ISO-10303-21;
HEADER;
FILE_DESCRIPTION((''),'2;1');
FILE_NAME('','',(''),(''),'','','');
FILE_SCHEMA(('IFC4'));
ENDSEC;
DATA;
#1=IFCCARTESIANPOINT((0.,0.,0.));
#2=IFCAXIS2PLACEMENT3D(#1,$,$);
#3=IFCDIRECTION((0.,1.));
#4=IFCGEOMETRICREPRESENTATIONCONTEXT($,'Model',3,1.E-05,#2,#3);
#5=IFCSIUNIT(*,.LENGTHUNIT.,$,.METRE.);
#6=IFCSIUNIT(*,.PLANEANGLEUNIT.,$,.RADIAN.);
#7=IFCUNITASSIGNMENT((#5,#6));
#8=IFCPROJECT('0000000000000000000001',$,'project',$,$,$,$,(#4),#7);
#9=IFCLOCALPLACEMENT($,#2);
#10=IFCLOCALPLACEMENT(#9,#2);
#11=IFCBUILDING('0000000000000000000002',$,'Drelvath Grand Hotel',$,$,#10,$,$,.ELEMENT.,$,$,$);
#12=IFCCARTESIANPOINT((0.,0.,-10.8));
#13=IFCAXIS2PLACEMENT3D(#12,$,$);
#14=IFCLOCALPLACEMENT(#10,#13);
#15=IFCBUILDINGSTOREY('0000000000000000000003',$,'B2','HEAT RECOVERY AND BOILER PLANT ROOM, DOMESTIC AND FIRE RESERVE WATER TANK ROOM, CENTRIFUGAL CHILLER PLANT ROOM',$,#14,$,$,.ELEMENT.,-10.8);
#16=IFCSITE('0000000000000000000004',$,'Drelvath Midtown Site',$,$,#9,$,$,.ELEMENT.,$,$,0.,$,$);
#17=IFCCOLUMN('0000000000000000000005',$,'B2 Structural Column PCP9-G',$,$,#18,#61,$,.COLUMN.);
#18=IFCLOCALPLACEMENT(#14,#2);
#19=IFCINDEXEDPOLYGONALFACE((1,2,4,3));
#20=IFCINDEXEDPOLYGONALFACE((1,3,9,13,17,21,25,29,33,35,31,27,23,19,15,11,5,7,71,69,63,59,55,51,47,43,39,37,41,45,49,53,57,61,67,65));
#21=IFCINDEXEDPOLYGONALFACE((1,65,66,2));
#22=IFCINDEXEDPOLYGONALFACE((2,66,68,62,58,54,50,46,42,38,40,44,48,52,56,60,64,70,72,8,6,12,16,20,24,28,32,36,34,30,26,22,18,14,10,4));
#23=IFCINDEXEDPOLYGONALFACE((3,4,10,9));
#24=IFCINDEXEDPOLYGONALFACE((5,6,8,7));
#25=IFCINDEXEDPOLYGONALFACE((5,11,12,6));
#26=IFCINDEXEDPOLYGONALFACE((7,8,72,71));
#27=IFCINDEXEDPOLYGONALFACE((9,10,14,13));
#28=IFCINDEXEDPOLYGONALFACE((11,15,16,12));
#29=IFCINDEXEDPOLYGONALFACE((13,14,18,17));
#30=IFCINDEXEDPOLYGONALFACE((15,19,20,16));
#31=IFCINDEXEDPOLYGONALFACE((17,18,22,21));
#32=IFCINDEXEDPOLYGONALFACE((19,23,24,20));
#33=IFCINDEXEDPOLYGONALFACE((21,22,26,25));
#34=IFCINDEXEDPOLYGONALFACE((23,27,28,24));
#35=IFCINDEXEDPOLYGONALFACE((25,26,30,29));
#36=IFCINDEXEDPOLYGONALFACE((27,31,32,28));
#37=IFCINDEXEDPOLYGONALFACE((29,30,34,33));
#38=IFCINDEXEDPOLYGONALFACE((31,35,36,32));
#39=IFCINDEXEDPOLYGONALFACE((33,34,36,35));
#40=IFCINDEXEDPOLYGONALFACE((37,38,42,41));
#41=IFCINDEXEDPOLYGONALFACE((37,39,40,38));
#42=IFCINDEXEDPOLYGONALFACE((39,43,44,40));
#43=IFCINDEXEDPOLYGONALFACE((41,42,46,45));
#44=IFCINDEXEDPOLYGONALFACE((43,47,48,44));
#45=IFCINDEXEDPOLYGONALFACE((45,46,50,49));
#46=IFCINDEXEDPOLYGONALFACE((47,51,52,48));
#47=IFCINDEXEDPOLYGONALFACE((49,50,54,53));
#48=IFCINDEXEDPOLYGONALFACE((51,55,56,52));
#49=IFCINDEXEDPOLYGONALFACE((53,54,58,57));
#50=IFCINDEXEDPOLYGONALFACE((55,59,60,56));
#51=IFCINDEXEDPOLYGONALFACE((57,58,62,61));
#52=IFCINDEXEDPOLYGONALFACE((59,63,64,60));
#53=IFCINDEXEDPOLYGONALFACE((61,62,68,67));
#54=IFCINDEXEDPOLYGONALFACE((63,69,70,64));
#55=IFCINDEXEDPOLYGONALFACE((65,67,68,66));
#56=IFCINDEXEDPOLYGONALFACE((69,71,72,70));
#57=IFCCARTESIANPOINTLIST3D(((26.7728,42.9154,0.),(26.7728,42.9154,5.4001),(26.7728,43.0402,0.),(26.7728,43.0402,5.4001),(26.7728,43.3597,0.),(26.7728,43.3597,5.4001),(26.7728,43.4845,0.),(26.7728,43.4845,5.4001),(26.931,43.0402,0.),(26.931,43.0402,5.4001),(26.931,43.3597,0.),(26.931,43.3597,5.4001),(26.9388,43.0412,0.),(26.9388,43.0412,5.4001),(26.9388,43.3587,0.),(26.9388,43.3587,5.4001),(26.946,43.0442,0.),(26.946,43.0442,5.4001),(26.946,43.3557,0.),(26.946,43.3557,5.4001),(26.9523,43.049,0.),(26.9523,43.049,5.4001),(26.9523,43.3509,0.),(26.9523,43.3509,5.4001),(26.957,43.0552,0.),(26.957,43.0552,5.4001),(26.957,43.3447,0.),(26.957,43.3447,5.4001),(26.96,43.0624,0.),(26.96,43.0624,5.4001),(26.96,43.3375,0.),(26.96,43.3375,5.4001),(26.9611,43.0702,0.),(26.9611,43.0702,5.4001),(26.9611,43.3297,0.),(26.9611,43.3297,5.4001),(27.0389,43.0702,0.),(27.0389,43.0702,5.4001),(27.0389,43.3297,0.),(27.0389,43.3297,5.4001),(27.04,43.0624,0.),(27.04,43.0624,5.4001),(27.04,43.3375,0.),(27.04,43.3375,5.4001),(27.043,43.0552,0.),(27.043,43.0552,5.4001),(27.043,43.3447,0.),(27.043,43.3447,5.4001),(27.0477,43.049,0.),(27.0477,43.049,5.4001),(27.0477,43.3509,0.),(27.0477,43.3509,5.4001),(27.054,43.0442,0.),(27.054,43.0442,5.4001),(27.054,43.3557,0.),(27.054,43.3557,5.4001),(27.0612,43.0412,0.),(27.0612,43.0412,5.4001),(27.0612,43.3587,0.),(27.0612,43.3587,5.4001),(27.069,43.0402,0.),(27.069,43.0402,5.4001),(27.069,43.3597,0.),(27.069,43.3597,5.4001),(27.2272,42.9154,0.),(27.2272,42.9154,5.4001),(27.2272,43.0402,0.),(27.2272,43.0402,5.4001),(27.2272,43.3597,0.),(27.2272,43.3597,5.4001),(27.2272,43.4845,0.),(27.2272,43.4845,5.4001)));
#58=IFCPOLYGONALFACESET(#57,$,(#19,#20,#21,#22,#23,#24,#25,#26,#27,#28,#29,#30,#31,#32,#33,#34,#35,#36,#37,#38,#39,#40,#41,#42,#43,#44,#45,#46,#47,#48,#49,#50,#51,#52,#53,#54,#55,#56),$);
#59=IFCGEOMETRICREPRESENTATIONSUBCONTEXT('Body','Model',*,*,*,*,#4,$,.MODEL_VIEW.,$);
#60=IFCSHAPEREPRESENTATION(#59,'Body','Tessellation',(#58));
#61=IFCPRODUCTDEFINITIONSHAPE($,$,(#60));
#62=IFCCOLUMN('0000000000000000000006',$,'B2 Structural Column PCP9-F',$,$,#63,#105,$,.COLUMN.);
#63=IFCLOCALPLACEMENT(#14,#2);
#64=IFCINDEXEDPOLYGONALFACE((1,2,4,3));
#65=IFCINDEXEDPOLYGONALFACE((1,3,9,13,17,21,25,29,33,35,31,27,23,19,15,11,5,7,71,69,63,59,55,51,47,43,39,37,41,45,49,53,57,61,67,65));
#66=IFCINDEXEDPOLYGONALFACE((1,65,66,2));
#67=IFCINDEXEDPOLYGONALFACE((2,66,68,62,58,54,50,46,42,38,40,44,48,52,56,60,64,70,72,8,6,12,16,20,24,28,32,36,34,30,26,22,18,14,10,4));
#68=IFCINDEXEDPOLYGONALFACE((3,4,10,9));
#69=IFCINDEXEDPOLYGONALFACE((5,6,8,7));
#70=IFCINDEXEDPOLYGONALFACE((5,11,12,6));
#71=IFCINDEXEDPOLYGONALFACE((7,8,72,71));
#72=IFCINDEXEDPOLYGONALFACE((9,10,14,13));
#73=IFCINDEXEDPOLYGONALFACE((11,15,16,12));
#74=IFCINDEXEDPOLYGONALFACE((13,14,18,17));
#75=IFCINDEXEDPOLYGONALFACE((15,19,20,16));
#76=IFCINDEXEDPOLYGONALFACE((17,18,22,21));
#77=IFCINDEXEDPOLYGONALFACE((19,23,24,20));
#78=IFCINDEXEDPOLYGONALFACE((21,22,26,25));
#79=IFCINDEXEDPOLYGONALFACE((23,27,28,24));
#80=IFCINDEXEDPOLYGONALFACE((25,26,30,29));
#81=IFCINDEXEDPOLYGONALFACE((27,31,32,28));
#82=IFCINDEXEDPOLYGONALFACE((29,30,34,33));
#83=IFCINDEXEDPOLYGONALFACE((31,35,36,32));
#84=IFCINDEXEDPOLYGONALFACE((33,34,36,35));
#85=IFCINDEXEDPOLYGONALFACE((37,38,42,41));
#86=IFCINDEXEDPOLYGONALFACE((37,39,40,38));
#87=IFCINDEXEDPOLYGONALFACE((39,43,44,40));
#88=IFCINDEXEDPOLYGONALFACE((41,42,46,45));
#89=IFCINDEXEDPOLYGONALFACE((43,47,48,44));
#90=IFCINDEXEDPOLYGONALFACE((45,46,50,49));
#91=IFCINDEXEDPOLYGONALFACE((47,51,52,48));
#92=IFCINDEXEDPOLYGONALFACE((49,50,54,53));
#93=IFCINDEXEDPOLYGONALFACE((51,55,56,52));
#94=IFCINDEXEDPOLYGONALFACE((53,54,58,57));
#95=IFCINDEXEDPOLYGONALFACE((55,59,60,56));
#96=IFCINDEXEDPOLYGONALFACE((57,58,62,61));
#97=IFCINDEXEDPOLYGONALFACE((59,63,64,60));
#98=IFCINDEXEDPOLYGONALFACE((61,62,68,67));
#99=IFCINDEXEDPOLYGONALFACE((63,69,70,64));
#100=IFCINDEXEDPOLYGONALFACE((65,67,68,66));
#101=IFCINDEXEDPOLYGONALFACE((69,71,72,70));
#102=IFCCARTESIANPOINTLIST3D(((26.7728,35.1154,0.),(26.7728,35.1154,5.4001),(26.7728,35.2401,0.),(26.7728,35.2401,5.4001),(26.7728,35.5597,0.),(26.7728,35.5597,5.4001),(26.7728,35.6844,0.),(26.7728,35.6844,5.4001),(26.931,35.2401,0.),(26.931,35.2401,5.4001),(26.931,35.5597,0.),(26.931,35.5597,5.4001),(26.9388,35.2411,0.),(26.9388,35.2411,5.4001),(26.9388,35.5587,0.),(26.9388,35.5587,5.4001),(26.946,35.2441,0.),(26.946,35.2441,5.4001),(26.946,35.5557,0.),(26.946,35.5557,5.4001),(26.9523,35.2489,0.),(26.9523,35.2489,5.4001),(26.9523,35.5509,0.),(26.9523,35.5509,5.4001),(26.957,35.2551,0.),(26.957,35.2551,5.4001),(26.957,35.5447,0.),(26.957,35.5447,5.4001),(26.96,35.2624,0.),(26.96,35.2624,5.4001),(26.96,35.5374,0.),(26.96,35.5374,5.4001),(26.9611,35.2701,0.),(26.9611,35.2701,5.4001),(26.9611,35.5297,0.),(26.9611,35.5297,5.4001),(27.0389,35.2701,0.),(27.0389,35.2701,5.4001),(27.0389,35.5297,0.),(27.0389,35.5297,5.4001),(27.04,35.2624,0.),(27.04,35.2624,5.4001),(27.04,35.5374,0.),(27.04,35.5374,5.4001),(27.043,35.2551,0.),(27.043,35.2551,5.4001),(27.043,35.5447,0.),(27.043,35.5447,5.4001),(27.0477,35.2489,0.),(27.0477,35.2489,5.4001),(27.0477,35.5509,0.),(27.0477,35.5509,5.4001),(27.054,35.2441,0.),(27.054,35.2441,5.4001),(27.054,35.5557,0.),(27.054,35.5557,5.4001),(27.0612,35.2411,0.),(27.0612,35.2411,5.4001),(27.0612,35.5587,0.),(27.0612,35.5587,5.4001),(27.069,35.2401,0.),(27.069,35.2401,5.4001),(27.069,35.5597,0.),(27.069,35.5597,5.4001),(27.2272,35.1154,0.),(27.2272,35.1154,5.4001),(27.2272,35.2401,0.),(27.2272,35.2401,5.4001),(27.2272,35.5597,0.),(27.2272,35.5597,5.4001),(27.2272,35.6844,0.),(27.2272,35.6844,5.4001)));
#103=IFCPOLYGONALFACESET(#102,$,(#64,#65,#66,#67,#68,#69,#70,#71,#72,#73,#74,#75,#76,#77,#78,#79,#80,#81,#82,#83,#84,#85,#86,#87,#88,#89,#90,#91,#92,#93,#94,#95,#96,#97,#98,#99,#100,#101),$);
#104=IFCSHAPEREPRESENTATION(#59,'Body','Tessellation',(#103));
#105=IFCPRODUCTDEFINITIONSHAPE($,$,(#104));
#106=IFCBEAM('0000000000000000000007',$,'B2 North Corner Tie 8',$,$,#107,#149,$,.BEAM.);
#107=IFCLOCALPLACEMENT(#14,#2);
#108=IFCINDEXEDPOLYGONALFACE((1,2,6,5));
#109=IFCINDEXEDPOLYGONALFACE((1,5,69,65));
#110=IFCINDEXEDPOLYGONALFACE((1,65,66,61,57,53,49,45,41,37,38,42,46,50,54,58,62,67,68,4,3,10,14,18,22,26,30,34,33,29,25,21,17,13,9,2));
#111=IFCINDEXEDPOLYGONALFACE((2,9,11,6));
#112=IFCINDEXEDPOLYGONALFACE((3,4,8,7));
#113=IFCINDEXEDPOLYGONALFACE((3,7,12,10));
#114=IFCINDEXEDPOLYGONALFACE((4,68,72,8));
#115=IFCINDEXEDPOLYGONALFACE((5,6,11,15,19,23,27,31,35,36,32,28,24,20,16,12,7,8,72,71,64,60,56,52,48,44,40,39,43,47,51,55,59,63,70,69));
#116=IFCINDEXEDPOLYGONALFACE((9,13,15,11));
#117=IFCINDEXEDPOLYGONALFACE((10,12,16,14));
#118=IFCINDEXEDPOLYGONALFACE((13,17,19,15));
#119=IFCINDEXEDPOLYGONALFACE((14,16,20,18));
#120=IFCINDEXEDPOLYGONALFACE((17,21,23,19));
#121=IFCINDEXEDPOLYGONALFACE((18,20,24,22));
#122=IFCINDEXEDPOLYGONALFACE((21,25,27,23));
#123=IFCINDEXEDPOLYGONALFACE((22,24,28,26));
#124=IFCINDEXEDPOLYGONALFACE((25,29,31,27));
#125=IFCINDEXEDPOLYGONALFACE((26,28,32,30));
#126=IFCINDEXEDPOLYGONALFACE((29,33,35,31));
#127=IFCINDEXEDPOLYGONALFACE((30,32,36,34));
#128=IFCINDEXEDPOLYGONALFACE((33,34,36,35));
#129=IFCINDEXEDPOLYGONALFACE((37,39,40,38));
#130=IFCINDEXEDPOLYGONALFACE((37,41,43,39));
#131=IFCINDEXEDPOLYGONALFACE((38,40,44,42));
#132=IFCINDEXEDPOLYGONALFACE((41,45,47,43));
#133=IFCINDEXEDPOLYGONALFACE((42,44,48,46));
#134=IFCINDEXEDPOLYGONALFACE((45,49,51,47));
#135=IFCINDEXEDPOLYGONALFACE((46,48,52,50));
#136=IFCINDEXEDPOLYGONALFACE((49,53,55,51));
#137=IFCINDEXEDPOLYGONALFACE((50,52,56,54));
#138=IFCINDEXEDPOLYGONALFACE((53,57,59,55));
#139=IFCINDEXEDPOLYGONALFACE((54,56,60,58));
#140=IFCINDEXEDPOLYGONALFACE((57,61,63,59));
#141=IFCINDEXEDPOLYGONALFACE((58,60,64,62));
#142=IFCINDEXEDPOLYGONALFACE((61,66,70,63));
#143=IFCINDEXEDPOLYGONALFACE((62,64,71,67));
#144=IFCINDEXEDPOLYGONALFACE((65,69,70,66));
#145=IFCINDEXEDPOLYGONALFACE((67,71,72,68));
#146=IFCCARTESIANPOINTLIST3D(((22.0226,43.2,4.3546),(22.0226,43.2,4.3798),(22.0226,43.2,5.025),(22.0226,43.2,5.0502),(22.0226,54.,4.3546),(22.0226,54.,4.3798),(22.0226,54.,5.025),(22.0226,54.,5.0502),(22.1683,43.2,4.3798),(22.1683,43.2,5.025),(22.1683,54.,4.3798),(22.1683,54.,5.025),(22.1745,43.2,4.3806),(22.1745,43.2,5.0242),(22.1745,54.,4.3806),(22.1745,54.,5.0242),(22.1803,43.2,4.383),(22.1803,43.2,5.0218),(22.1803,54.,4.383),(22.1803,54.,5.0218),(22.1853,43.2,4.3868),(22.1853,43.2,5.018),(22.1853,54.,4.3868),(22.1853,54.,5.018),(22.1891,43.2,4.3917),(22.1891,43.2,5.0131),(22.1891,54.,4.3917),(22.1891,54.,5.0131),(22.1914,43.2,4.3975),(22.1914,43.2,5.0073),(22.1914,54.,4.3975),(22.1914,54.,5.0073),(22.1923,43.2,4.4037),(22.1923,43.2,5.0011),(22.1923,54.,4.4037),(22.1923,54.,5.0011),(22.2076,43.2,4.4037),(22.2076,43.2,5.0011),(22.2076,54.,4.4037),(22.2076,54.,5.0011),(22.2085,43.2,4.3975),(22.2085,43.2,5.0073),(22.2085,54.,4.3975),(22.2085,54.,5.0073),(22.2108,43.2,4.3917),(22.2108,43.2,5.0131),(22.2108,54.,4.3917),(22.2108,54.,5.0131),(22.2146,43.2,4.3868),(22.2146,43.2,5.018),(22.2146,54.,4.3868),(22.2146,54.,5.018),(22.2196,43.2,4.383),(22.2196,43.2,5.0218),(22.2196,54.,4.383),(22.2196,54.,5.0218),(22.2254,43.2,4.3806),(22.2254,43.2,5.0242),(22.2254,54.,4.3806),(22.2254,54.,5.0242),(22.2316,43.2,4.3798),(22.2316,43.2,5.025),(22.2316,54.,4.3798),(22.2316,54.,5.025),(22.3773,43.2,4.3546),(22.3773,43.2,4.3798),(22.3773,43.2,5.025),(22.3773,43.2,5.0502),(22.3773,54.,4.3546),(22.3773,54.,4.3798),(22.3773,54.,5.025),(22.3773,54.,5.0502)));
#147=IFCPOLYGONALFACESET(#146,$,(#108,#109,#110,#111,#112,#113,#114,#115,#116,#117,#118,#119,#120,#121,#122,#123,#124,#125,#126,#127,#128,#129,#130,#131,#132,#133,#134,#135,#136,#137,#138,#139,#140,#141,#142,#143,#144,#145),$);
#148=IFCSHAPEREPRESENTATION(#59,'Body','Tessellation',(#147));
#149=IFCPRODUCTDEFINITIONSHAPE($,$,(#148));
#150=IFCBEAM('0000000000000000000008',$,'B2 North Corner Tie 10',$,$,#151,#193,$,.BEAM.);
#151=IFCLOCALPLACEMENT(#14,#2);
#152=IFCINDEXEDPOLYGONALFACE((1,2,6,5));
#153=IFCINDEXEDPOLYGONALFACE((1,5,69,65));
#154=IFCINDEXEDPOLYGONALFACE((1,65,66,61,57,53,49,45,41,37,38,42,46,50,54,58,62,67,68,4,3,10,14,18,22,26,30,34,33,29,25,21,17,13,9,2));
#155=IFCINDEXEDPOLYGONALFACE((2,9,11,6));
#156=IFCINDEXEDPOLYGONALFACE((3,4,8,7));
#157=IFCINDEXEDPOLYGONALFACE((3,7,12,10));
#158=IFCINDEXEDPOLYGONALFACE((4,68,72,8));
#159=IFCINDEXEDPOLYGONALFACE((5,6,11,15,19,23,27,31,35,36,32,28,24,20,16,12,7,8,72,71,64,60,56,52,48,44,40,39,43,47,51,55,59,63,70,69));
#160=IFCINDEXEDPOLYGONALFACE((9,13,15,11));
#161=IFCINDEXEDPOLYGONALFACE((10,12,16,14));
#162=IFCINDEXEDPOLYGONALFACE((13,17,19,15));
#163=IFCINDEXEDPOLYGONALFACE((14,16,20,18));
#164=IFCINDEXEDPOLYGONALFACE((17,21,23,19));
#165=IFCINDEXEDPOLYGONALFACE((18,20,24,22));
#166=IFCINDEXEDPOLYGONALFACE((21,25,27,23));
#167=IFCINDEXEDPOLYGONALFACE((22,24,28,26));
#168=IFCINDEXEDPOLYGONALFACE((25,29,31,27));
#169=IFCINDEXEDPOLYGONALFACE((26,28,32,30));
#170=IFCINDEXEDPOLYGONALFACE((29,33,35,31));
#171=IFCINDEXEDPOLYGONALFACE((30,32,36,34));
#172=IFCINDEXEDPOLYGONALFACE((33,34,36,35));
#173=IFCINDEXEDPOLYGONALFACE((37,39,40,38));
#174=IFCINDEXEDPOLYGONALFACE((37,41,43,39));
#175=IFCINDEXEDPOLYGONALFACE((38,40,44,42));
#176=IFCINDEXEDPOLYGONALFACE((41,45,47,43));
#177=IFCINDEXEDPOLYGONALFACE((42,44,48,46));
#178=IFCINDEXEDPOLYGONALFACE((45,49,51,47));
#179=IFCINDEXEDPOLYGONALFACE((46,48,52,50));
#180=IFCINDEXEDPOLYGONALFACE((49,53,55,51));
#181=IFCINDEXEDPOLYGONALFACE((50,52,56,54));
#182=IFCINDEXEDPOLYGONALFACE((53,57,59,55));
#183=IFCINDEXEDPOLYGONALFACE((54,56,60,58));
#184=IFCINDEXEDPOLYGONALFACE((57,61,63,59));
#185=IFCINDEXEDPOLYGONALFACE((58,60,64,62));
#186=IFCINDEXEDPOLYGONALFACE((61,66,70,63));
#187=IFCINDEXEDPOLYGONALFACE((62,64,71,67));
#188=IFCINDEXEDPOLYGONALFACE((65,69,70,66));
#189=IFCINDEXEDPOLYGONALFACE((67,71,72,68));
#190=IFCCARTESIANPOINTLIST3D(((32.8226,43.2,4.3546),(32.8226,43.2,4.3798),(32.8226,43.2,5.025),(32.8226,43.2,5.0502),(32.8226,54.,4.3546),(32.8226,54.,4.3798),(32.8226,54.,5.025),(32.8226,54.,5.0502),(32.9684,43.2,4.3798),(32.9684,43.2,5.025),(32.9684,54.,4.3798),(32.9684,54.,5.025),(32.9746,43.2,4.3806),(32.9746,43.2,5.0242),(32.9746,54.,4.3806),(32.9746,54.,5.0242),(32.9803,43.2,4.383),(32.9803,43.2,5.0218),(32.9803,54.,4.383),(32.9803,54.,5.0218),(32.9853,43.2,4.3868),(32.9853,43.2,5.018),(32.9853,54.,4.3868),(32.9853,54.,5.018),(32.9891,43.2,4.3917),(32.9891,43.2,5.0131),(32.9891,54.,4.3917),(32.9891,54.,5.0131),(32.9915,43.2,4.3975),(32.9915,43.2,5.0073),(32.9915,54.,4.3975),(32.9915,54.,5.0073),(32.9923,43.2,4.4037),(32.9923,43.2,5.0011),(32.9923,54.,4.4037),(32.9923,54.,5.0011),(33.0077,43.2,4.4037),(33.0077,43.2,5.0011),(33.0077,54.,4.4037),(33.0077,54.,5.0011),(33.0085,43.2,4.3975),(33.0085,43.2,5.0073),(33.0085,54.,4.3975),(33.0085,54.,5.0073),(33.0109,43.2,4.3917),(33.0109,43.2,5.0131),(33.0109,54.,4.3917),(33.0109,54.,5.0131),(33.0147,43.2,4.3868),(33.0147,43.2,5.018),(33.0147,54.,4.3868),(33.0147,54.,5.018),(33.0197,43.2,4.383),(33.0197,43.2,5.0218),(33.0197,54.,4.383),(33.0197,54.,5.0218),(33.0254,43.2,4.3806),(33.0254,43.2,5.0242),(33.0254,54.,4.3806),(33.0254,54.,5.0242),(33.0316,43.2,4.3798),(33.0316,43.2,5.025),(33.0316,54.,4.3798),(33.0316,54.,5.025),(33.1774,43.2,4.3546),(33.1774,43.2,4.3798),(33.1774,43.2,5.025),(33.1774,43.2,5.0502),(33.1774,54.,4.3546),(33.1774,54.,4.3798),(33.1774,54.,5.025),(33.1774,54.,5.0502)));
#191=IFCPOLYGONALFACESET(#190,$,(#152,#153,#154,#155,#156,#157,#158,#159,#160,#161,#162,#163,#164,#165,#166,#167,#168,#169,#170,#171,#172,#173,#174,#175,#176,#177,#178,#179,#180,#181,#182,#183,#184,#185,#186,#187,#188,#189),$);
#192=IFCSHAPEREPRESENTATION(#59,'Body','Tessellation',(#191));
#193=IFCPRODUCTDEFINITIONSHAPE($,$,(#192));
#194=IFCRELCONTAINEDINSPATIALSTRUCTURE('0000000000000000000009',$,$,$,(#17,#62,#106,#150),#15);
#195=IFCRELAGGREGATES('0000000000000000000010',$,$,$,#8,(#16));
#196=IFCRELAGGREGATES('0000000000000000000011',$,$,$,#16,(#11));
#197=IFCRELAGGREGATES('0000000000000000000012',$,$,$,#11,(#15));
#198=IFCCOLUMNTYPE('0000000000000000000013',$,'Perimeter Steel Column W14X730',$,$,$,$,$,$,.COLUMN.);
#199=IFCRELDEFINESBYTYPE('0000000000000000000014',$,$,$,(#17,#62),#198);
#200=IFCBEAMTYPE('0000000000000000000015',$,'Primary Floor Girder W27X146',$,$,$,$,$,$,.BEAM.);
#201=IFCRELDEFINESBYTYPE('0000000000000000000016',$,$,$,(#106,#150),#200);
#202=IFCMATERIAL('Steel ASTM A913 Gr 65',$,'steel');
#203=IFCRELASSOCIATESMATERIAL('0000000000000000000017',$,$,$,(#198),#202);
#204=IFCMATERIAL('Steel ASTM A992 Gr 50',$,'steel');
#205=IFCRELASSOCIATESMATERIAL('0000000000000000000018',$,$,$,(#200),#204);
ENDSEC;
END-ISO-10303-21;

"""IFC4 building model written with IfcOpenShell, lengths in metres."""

from ifc_helpers import new_model, si_unit, direction, frame, origin, origin_2d, place, context, subcontext, project, spatial, i_section, extrude, material, material_profile, profile_set, type_object, element, save


model = new_model("IFC4")

# Units and contexts
model_context = context("Model", 3, precision=1e-05, world=origin(), true_north=direction((0.0, 1.0)))
body_context = subcontext(model_context, "Body", "Model", "MODEL_VIEW")
ifc_project = project(units=[si_unit("LENGTHUNIT", "METRE"), si_unit("PLANEANGLEUNIT", "RADIAN")], contexts=[model_context])

# Site, building, storey
site_placement = place(None, origin())
site = spatial("IfcSite", under=ifc_project, at=site_placement, Name="Drelvath Midtown Site", CompositionType="ELEMENT", RefElevation=0.0)
building_placement = place(site_placement, origin())
building = spatial("IfcBuilding", under=site, at=building_placement, Name="Drelvath Grand Hotel", CompositionType="ELEMENT")
storey_placement = place(building_placement, frame((0.0, 0.0, -10.8)))
storey = spatial("IfcBuildingStorey", under=building, at=storey_placement, Name="B2", Description="HEAT RECOVERY AND BOILER PLANT ROOM, DOMESTIC AND FIRE RESERVE WATER TANK ROOM, CENTRIFUGAL CHILLER PLANT ROOM", CompositionType="ELEMENT", Elevation=-10.8)

# Columns
ifc_material_1 = material(Name="Steel ASTM A913 Gr 65", Category="steel")
ifc_material_profile_1 = material_profile(ifc_material_1, i_section(OverallWidth=0.4543, OverallDepth=0.5691, WebThickness=0.0779, FlangeThickness=0.1248, FilletRadius=0.03, at=origin_2d()), Name="W14X730")
ifc_profile_set_1 = profile_set([ifc_material_profile_1], Name="Steel ASTM A913 Gr 65")
column_type_1 = type_object("IfcColumnType", Name="Perimeter Steel Column W14X730", PredefinedType="COLUMN", material=ifc_profile_set_1)
for number, where, z_axis, x_axis, name in (
    (1, (27.0, 43.2, 0.0), (0.0, 0.0, 1.0), (1.0, 0.0, 0.0), "B2 Structural Column PCP9-G"),
    (2, (27.0, 35.3999, 0.0), (0.0, 0.0, 1.0), (1.0, 0.0, 0.0), "B2 Structural Column PCP9-F"),
):
    element("IfcColumn", number, at=place(storey_placement, frame(where, z_axis=z_axis, x_axis=x_axis)), inside=storey, type_object=column_type_1, Name=name, PredefinedType="COLUMN", context=body_context, shape_type="SweptSolid", body=[
        extrude(i_section(OverallWidth=0.4543, OverallDepth=0.5691, WebThickness=0.0779, FlangeThickness=0.1248, FilletRadius=0.03, at=origin_2d()), origin(), (0.0, 0.0, 1.0), 5.4001),
    ])

# Beams
ifc_material_2 = material(Name="Steel ASTM A992 Gr 50", Category="steel")
ifc_material_profile_2 = material_profile(ifc_material_2, i_section(OverallWidth=0.3547, OverallDepth=0.6956, WebThickness=0.0154, FlangeThickness=0.0251, FilletRadius=0.0239, at=origin_2d()), Name="W27X146")
ifc_profile_set_2 = profile_set([ifc_material_profile_2], Name="Steel ASTM A992 Gr 50")
beam_type_1 = type_object("IfcBeamType", Name="Primary Floor Girder W27X146", PredefinedType="BEAM", material=ifc_profile_set_2)
for number, where, z_axis, x_axis, name in (
    (3, (22.2, 43.2, 4.7024), (0.0, 1.0, 0.0), (-1.0, 0.0, 0.0), "B2 North Corner Tie 8"),
    (4, (33.0, 43.2, 4.7024), (0.0, 1.0, 0.0), (-1.0, 0.0, 0.0), "B2 North Corner Tie 10"),
):
    element("IfcBeam", number, at=place(storey_placement, frame(where, z_axis=z_axis, x_axis=x_axis)), inside=storey, type_object=beam_type_1, Name=name, PredefinedType="BEAM", context=body_context, shape_type="SweptSolid", body=[
        extrude(i_section(OverallWidth=0.3547, OverallDepth=0.6956, WebThickness=0.0154, FlangeThickness=0.0251, FilletRadius=0.0239, at=origin_2d()), origin(), (0.0, 0.0, 1.0), 10.8),
    ])

save(model, "model.ifc")
